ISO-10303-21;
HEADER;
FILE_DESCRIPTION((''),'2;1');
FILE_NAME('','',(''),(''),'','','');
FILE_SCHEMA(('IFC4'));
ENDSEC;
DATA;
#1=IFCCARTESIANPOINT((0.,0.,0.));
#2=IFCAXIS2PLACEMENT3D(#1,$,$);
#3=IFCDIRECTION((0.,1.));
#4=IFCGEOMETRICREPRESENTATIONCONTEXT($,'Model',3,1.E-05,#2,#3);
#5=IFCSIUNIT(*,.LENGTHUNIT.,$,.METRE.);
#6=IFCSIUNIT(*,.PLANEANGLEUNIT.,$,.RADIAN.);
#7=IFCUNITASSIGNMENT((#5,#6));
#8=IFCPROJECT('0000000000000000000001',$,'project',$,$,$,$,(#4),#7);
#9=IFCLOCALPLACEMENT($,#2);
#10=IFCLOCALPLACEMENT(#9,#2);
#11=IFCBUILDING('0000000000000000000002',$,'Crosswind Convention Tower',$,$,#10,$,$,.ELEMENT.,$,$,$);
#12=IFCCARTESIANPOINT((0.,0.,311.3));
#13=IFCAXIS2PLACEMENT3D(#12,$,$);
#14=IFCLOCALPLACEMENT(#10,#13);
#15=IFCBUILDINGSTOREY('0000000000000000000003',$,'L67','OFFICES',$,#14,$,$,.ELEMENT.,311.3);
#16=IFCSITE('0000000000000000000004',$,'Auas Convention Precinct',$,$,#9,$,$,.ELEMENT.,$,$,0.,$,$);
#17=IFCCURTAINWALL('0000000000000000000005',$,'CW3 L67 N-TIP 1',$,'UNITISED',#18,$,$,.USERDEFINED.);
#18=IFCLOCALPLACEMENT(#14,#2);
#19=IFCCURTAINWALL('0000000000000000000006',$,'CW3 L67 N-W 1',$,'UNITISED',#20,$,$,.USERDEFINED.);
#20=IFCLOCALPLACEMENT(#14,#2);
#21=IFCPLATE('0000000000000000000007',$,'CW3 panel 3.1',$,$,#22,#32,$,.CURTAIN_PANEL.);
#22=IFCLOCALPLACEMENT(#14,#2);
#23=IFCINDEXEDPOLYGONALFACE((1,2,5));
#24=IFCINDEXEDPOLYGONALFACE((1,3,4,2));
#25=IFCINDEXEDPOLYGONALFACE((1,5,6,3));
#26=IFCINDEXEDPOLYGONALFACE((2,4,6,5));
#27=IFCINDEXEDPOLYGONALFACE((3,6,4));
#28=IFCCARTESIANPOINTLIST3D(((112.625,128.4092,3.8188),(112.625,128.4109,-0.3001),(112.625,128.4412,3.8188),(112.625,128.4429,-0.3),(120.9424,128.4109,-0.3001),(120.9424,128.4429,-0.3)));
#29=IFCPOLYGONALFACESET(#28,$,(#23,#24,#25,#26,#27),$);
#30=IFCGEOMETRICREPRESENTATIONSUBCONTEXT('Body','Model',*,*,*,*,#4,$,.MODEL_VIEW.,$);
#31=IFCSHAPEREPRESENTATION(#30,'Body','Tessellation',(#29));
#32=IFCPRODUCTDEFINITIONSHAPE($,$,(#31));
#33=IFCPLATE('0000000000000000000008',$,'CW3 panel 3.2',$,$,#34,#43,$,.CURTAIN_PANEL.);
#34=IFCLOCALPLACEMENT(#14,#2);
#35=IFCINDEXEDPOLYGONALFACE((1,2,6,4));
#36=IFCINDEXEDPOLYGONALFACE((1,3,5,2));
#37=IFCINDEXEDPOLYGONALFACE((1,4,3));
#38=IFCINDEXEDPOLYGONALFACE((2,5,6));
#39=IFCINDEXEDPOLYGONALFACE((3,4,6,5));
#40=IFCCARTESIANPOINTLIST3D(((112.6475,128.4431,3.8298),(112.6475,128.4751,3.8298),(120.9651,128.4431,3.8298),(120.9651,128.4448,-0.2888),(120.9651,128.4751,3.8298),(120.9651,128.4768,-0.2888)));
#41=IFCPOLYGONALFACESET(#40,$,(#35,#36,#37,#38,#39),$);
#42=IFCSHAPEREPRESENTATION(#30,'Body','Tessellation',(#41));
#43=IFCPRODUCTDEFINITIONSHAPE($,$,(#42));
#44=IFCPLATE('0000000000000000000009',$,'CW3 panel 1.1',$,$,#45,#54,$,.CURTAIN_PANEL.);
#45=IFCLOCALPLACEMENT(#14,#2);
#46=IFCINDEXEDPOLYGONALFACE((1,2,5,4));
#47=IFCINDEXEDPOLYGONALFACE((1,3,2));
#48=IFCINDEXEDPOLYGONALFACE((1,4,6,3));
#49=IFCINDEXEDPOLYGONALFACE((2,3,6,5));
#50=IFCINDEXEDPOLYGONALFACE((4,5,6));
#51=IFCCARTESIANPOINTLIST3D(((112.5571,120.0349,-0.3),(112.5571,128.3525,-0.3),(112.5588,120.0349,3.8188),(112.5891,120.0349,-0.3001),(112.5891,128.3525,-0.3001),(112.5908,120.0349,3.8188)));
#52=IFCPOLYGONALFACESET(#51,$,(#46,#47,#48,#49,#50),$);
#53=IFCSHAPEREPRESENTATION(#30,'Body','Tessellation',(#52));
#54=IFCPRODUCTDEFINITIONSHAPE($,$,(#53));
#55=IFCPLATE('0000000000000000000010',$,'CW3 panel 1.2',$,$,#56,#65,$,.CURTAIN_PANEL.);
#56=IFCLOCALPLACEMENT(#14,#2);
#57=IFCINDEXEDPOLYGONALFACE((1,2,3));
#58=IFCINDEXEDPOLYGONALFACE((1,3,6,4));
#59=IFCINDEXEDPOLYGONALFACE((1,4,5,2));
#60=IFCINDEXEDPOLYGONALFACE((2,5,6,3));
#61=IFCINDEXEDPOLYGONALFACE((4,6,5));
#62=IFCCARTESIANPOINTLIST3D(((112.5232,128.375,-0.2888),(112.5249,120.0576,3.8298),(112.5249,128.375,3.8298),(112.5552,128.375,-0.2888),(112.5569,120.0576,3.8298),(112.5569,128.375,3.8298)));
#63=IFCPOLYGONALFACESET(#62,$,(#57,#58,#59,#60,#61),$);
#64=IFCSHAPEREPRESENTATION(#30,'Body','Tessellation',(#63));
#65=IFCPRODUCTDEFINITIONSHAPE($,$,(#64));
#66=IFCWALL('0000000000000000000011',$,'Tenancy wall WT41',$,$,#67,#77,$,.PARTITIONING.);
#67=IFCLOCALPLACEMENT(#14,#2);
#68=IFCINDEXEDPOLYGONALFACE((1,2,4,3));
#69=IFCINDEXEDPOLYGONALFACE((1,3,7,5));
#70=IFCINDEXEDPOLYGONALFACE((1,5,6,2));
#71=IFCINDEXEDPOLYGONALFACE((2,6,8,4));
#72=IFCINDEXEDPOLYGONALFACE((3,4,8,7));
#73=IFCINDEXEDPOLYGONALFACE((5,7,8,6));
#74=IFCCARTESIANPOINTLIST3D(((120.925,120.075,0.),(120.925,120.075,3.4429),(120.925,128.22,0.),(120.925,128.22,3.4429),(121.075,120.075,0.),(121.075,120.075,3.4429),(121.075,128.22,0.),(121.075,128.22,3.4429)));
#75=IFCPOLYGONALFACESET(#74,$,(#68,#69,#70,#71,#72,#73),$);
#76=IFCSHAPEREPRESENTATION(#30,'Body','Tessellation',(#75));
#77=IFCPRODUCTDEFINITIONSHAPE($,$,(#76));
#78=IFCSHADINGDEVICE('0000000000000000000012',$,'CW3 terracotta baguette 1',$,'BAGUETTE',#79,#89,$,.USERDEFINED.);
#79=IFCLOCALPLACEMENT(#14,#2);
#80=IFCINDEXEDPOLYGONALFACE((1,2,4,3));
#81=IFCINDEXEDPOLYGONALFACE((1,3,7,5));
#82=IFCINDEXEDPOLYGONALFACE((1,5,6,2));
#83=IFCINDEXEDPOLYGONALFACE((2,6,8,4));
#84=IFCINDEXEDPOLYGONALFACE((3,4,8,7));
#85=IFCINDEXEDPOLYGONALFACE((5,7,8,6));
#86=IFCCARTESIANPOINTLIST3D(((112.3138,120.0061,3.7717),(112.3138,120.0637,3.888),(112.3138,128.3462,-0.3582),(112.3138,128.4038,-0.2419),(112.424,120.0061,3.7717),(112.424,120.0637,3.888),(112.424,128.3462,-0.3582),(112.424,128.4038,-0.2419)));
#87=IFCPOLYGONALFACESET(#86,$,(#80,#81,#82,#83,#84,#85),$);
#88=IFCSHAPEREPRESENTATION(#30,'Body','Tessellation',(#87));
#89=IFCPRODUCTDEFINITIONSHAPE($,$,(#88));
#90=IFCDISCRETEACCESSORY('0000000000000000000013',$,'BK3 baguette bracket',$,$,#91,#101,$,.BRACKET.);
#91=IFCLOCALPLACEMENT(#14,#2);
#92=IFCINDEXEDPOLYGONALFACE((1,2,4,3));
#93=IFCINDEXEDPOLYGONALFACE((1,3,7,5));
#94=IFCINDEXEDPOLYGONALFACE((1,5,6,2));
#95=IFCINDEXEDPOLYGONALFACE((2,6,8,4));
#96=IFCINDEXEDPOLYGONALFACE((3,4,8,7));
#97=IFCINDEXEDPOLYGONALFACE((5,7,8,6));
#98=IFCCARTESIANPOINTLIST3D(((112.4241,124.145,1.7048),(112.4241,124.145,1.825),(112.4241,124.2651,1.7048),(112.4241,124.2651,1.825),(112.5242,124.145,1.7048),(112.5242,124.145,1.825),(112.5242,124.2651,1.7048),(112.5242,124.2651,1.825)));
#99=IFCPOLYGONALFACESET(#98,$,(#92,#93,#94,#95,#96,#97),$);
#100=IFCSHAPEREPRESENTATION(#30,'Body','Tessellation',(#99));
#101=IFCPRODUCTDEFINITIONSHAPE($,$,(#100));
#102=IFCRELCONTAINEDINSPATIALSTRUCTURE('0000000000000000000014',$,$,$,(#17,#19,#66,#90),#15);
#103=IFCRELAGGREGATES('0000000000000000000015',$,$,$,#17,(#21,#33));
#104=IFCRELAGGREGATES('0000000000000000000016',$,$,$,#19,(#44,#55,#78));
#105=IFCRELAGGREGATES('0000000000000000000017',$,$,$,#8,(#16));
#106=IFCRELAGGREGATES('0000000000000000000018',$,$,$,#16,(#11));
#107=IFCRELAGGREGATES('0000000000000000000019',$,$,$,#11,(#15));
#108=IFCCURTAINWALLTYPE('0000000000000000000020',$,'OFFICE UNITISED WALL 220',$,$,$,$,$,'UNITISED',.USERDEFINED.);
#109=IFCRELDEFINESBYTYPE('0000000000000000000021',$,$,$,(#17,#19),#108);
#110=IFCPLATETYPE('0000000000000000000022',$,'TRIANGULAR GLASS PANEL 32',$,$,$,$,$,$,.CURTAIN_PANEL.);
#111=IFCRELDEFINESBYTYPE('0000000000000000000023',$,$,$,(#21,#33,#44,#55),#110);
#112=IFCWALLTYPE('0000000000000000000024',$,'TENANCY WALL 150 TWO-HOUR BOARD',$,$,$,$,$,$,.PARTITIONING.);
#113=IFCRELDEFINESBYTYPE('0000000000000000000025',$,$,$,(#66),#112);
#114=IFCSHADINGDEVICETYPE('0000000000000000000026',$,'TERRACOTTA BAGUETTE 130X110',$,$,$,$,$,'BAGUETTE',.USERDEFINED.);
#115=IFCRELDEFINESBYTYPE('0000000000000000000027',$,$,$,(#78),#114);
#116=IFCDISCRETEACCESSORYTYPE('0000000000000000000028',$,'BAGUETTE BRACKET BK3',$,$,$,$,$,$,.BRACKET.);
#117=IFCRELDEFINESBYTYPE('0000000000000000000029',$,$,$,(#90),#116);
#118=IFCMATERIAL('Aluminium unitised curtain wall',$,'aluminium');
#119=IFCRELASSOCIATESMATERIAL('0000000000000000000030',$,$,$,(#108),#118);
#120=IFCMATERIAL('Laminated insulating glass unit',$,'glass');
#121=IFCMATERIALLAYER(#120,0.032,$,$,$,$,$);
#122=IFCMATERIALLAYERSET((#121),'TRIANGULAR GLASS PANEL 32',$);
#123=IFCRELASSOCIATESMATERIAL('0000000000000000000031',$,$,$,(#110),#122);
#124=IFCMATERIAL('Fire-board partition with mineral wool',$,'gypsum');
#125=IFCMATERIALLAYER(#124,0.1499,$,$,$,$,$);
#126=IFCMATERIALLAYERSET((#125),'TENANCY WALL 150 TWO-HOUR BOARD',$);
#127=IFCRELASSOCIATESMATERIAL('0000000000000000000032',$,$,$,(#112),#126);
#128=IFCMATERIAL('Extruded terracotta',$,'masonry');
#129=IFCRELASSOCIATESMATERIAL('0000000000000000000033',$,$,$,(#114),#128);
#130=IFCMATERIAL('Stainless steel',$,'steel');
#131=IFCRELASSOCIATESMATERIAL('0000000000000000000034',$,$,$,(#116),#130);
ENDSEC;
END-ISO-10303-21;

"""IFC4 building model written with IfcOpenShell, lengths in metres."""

from ifc_helpers import new_model, si_unit, direction, frame, frame_2d, origin, origin_2d, place, context, subcontext, project, spatial, polyline, rectangle, outline, extrude, material, layer, layer_set, material_profile, profile_set, type_object, element, aggregate, save


model = new_model("IFC4")

# Units and contexts
model_context = context("Model", 3, precision=1e-05, world=origin(), true_north=direction((0.0, 1.0)))
body_context = subcontext(model_context, "Body", "Model", "MODEL_VIEW")
ifc_project = project(units=[si_unit("LENGTHUNIT", "METRE"), si_unit("PLANEANGLEUNIT", "RADIAN")], contexts=[model_context])

# Site, building, storey
site_placement = place(None, origin())
site = spatial("IfcSite", under=ifc_project, at=site_placement, Name="Auas Convention Precinct", CompositionType="ELEMENT", RefElevation=0.0)
building_placement = place(site_placement, origin())
building = spatial("IfcBuilding", under=site, at=building_placement, Name="Crosswind Convention Tower", CompositionType="ELEMENT")
storey_placement = place(building_placement, frame((0.0, 0.0, 311.3)))
storey = spatial("IfcBuildingStorey", under=building, at=storey_placement, Name="L67", Description="OFFICES", CompositionType="ELEMENT", Elevation=311.3)

# Curtain wall
ifc_material_1 = material(Name="Aluminium unitised curtain wall", Category="aluminium")
curtain_wall_type = type_object("IfcCurtainWallType", Name="OFFICE UNITISED WALL 220", ElementType="UNITISED", PredefinedType="USERDEFINED", material=ifc_material_1)
curtain_wall_1_placement = place(storey_placement, origin())
curtain_wall_1 = element("IfcCurtainWall", 1, at=curtain_wall_1_placement, inside=storey, type_object=curtain_wall_type, Name="CW3 L67 N-TIP 1", ObjectType="UNITISED", PredefinedType="USERDEFINED")

# Curtain wall
curtain_wall_2_placement = place(storey_placement, origin())
curtain_wall_2 = element("IfcCurtainWall", 2, at=curtain_wall_2_placement, inside=storey, type_object=curtain_wall_type, Name="CW3 L67 N-W 1", ObjectType="UNITISED", PredefinedType="USERDEFINED")

# Plates
ifc_material_2 = material(Name="Laminated insulating glass unit", Category="glass")
ifc_layer_1 = layer(ifc_material_2, 0.032)
ifc_layer_set_1 = layer_set([ifc_layer_1], Name="TRIANGULAR GLASS PANEL 32")
plate_type = type_object("IfcPlateType", Name="TRIANGULAR GLASS PANEL 32", PredefinedType="CURTAIN_PANEL", material=ifc_layer_set_1)
plate_1_placement = place(storey_placement, frame((112.625, 128.4429, -0.3), z_axis=(0.0, 1.0, 0.000415), x_axis=(0.0, -0.000415, 1.0)))
plate_1 = element("IfcPlate", 3, at=plate_1_placement, type_object=plate_type, Name="CW3 panel 3.1", PredefinedType="CURTAIN_PANEL", context=body_context, shape_type="SweptSolid", body=[
    extrude(outline(polyline([(0.0, 0.0), (4.1189, 0.0), (0.0, 8.3174), (0.0, 0.0)])), origin(), (0.0, 0.0, -1.0), 0.032),
])
plate_2_placement = place(storey_placement, frame((120.9651, 128.4751, 3.8298), z_axis=(0.0, 1.0, 0.000415), x_axis=(0.0, 0.000415, -1.0)))
plate_2 = element("IfcPlate", 4, at=plate_2_placement, type_object=plate_type, Name="CW3 panel 3.2", PredefinedType="CURTAIN_PANEL", context=body_context, shape_type="SweptSolid", body=[
    extrude(outline(polyline([(0.0, 0.0), (4.1187, 0.0), (0.0, 8.3176), (0.0, 0.0)])), origin(), (0.0, 0.0, -1.0), 0.032),
])
aggregate(curtain_wall_1, [plate_1, plate_2])
plate_3_placement = place(storey_placement, frame((112.5571, 120.0349, -0.3), z_axis=(-1.0, 0.0, 0.000415), x_axis=(0.000415, 0.0, 1.0)))
plate_3 = element("IfcPlate", 5, at=plate_3_placement, type_object=plate_type, Name="CW3 panel 1.1", PredefinedType="CURTAIN_PANEL", context=body_context, shape_type="SweptSolid", body=[
    extrude(outline(polyline([(0.0, 0.0), (4.1189, 0.0), (0.0, 8.3176), (0.0, 0.0)])), origin(), (0.0, 0.0, -1.0), 0.032),
])
plate_4_placement = place(storey_placement, frame((112.5249, 128.375, 3.8298), z_axis=(-1.0, 0.0, 0.000415), x_axis=(-0.000415, 0.0, -1.0)))
plate_4 = element("IfcPlate", 6, at=plate_4_placement, type_object=plate_type, Name="CW3 panel 1.2", PredefinedType="CURTAIN_PANEL", context=body_context, shape_type="SweptSolid", body=[
    extrude(outline(polyline([(0.0, 0.0), (4.1187, 0.0), (0.0, 8.3174), (0.0, 0.0)])), origin(), (0.0, 0.0, -1.0), 0.032),
])

# Wall
ifc_material_3 = material(Name="Fire-board partition with mineral wool", Category="gypsum")
ifc_layer_2 = layer(ifc_material_3, 0.1499)
ifc_layer_set_2 = layer_set([ifc_layer_2], Name="TENANCY WALL 150 TWO-HOUR BOARD")
wall_type = type_object("IfcWallType", Name="TENANCY WALL 150 TWO-HOUR BOARD", PredefinedType="PARTITIONING", material=ifc_layer_set_2)
wall_placement = place(storey_placement, frame((121.0, 120.075, 0.0), z_axis=(0.0, 0.0, 1.0), x_axis=(0.0, 1.0, 0.0)))
element("IfcWall", 7, at=wall_placement, inside=storey, type_object=wall_type, Name="Tenancy wall WT41", PredefinedType="PARTITIONING", context=body_context, shape_type="SweptSolid", body=[
    extrude(rectangle(XDim=8.145, YDim=0.1499, at=frame_2d((4.0725, 0.0))), origin(), (0.0, 0.0, 1.0), 3.4429),
])

# Shading device
ifc_material_4 = material(Name="Extruded terracotta", Category="masonry")
ifc_material_profile_1 = material_profile(ifc_material_4, rectangle(XDim=0.1101, YDim=0.1299, at=origin_2d()), Name="TC 110X130")
ifc_profile_set_1 = profile_set([ifc_material_profile_1], Name="Extruded terracotta")
shading_device_type = type_object("IfcShadingDeviceType", Name="TERRACOTTA BAGUETTE 130X110", ElementType="BAGUETTE", PredefinedType="USERDEFINED", material=ifc_profile_set_1)
shading_device_placement = place(storey_placement, frame((112.3689, 128.375, -0.3), z_axis=(0.0, -0.896147, 0.443758), x_axis=(1.0, 0.0, 0.0)))
shading_device = element("IfcShadingDevice", 8, at=shading_device_placement, type_object=shading_device_type, Name="CW3 terracotta baguette 1", ObjectType="BAGUETTE", PredefinedType="USERDEFINED", context=body_context, shape_type="SweptSolid", body=[
    extrude(rectangle(XDim=0.1101, YDim=0.1299, at=origin_2d()), origin(), (0.0, 0.0, 1.0), 9.3066),
])
aggregate(curtain_wall_2, [plate_3, plate_4, shading_device])

# Discrete accessory
ifc_material_5 = material(Name="Stainless steel", Category="steel")
discrete_accessory_type = type_object("IfcDiscreteAccessoryType", Name="BAGUETTE BRACKET BK3", PredefinedType="BRACKET", material=ifc_material_5)
discrete_accessory_placement = place(storey_placement, frame((112.4741, 124.2051, 1.7048), z_axis=(0.0, 0.0, 1.0), x_axis=(0.0, -1.0, 0.0)))
element("IfcDiscreteAccessory", 9, at=discrete_accessory_placement, inside=storey, type_object=discrete_accessory_type, Name="BK3 baguette bracket", PredefinedType="BRACKET", context=body_context, shape_type="SweptSolid", body=[
    extrude(rectangle(XDim=0.1201, YDim=0.1001, at=origin_2d()), origin(), (0.0, 0.0, 1.0), 0.1201),
])

save(model, "model.ifc")
